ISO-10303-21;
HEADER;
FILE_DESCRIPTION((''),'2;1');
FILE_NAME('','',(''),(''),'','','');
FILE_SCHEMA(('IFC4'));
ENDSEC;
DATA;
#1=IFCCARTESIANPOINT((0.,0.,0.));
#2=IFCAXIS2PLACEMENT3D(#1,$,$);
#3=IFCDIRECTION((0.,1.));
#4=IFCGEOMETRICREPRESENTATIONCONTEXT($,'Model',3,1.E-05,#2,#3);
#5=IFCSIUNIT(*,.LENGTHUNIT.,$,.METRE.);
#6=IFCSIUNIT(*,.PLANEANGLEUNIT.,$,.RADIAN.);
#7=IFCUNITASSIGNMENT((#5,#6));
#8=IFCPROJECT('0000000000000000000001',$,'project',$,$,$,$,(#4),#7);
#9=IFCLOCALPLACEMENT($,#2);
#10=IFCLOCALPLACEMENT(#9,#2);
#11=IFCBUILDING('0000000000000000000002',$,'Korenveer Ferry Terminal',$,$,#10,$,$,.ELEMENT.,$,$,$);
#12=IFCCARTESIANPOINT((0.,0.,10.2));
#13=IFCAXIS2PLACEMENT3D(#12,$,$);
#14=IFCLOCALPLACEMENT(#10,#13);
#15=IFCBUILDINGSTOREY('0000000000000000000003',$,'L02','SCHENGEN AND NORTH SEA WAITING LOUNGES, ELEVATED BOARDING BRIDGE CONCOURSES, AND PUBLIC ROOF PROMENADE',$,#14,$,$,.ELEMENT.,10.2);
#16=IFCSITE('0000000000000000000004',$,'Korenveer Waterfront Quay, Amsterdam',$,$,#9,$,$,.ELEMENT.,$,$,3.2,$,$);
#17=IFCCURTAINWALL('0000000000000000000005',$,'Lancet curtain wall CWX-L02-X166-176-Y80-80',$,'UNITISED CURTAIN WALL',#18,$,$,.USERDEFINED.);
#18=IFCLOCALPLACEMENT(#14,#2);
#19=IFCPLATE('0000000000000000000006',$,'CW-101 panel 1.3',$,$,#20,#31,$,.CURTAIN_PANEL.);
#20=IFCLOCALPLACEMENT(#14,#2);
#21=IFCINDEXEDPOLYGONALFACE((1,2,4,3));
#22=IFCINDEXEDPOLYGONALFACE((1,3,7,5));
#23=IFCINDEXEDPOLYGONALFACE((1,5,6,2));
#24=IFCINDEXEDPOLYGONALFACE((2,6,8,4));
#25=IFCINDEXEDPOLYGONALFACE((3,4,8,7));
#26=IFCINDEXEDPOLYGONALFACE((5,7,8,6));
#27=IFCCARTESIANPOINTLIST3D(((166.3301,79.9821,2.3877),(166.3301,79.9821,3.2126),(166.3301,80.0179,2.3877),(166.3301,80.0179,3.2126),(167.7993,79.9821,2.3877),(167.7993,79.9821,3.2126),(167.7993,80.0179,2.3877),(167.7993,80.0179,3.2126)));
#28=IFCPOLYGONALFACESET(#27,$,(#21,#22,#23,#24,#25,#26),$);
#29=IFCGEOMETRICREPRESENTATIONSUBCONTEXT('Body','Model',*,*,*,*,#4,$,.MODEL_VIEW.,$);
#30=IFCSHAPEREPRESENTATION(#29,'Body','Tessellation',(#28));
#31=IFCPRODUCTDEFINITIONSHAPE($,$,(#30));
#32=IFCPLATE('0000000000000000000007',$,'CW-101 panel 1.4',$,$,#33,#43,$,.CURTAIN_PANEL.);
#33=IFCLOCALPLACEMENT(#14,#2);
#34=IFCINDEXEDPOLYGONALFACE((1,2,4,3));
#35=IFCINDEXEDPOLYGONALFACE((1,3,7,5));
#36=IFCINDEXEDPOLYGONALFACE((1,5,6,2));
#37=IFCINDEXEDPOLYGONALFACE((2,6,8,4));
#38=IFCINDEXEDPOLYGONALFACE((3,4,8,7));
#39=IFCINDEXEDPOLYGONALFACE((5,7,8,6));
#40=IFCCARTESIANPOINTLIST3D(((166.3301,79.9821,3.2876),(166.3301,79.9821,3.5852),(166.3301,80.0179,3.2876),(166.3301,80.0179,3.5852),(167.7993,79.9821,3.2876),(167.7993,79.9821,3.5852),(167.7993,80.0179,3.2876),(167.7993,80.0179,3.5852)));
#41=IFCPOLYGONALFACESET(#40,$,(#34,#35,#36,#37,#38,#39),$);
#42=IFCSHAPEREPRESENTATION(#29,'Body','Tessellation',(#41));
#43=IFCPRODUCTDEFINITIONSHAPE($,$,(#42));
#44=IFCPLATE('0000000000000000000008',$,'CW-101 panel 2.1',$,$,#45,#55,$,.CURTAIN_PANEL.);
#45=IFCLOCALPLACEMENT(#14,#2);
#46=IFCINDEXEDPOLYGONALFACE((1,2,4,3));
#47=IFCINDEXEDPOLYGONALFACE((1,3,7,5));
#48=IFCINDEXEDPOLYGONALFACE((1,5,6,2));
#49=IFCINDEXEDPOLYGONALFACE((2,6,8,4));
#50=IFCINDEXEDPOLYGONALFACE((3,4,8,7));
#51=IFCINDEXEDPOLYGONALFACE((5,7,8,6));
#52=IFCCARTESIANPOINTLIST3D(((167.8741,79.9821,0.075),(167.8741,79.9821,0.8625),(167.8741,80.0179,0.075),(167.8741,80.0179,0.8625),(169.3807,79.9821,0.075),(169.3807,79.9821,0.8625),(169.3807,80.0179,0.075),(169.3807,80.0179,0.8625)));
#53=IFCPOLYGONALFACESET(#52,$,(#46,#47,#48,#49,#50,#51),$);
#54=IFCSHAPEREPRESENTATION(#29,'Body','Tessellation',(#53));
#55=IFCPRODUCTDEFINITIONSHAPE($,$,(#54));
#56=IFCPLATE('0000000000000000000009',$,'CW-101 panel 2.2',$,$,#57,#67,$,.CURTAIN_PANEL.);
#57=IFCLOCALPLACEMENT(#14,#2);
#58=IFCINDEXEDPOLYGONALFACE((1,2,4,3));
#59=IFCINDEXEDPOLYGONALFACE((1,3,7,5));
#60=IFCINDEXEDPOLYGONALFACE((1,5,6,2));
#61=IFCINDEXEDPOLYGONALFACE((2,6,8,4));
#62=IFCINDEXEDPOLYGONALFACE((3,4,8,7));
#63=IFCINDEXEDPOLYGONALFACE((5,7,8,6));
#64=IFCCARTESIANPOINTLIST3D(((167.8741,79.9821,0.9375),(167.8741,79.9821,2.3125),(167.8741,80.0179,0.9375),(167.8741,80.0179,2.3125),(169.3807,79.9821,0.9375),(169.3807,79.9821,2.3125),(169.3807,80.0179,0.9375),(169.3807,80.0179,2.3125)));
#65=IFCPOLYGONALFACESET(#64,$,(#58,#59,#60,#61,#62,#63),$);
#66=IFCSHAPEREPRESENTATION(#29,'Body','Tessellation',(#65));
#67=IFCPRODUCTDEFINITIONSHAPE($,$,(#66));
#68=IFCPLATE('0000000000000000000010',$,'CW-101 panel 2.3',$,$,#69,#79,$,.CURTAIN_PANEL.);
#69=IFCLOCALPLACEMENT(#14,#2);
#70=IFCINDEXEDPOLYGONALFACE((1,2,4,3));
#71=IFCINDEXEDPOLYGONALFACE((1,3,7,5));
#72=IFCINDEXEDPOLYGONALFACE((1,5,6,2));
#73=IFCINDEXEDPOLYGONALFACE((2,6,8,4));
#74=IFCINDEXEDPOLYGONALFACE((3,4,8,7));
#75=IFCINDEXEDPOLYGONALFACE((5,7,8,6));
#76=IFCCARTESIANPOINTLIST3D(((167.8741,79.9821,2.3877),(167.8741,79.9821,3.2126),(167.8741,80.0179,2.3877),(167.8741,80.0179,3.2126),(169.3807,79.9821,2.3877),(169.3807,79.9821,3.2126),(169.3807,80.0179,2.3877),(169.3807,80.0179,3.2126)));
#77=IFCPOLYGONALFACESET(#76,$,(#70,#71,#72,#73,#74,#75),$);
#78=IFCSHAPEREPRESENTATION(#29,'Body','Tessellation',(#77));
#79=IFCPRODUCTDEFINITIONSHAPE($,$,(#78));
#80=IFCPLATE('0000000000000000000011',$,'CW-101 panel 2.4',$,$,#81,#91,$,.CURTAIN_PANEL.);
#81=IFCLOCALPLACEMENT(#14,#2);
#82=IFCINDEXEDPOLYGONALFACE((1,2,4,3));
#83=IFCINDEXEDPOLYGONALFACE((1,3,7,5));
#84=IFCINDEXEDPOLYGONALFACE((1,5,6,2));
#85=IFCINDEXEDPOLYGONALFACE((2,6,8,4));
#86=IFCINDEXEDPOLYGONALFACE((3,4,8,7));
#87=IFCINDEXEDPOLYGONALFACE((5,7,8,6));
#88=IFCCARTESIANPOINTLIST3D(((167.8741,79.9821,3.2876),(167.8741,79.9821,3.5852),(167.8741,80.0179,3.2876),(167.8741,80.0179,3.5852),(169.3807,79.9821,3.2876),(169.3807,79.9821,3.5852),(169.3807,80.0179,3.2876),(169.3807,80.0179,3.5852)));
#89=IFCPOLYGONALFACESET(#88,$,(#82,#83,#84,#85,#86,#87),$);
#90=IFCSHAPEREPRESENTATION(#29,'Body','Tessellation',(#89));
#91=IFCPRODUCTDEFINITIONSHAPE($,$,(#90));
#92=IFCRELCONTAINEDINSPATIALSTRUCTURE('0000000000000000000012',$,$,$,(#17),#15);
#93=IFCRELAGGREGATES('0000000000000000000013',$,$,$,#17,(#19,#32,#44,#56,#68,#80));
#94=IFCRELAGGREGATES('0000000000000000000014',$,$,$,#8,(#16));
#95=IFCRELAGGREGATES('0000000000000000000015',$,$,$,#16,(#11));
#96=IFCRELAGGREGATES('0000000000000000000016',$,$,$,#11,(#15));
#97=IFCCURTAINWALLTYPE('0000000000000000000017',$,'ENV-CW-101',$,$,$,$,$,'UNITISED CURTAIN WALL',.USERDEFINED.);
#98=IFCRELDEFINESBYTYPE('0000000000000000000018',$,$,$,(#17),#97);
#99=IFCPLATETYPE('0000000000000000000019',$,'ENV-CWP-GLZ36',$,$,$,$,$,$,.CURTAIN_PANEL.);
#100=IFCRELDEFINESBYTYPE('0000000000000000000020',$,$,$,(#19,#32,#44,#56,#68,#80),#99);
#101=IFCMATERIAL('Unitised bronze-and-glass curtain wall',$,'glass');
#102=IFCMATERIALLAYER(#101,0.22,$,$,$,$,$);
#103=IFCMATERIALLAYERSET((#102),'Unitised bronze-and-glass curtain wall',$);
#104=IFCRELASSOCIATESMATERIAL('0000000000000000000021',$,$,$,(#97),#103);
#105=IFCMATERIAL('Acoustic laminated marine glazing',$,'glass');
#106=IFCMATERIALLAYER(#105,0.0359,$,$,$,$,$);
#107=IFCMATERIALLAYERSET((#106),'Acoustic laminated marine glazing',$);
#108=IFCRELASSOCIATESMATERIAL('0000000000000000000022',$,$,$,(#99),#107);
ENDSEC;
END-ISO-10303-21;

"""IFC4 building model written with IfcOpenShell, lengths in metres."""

from ifc_helpers import new_model, si_unit, direction, frame, origin, origin_2d, place, context, subcontext, project, spatial, rectangle, extrude, material, layer, layer_set, type_object, element, aggregate, save


model = new_model("IFC4")

# Units and contexts
model_context = context("Model", 3, precision=1e-05, world=origin(), true_north=direction((0.0, 1.0)))
body_context = subcontext(model_context, "Body", "Model", "MODEL_VIEW")
ifc_project = project(units=[si_unit("LENGTHUNIT", "METRE"), si_unit("PLANEANGLEUNIT", "RADIAN")], contexts=[model_context])

# Site, building, storey
site_placement = place(None, origin())
site = spatial("IfcSite", under=ifc_project, at=site_placement, Name="Korenveer Waterfront Quay, Amsterdam", CompositionType="ELEMENT", RefElevation=3.2)
building_placement = place(site_placement, origin())
building = spatial("IfcBuilding", under=site, at=building_placement, Name="Korenveer Ferry Terminal", CompositionType="ELEMENT")
storey_placement = place(building_placement, frame((0.0, 0.0, 10.2)))
storey = spatial("IfcBuildingStorey", under=building, at=storey_placement, Name="L02", Description="SCHENGEN AND NORTH SEA WAITING LOUNGES, ELEVATED BOARDING BRIDGE CONCOURSES, AND PUBLIC ROOF PROMENADE", CompositionType="ELEMENT", Elevation=10.2)

# Shared definitions
ifc_material_1 = material(Name="Unitised bronze-and-glass curtain wall", Category="glass")

# Curtain wall
ifc_layer_1 = layer(ifc_material_1, 0.22)
ifc_layer_set_1 = layer_set([ifc_layer_1], Name="Unitised bronze-and-glass curtain wall")
curtain_wall_type_1 = type_object("IfcCurtainWallType", Name="ENV-CW-101", ElementType="UNITISED CURTAIN WALL", PredefinedType="USERDEFINED", material=ifc_layer_set_1)
curtain_wall_1_placement = place(storey_placement, frame((166.2549, 80.0, 0.0)))
curtain_wall_1 = element("IfcCurtainWall", 1, at=curtain_wall_1_placement, inside=storey, type_object=curtain_wall_type_1, Name="Lancet curtain wall CWX-L02-X166-176-Y80-80", ObjectType="UNITISED CURTAIN WALL", PredefinedType="USERDEFINED")

# Plates
ifc_material_2 = material(Name="Acoustic laminated marine glazing", Category="glass")
ifc_layer_2 = layer(ifc_material_2, 0.0359)
ifc_layer_set_2 = layer_set([ifc_layer_2], Name="Acoustic laminated marine glazing")
plate_type = type_object("IfcPlateType", Name="ENV-CWP-GLZ36", PredefinedType="CURTAIN_PANEL", material=ifc_layer_set_2)
plate_1_placement = place(storey_placement, frame((167.0647, 80.0, 2.3877), z_axis=(0.0, 0.0, 1.0), x_axis=(1.0, 0.0, 0.0)))
plate_1 = element("IfcPlate", 2, at=plate_1_placement, type_object=plate_type, Name="CW-101 panel 1.3", PredefinedType="CURTAIN_PANEL", context=body_context, shape_type="SweptSolid", body=[
    extrude(rectangle(XDim=1.4692, YDim=0.0359, at=origin_2d()), origin(), (0.0, 0.0, 1.0), 0.825),
])
plate_2_placement = place(storey_placement, frame((167.0647, 80.0, 3.2876), z_axis=(0.0, 0.0, 1.0), x_axis=(1.0, 0.0, 0.0)))
plate_2 = element("IfcPlate", 3, at=plate_2_placement, type_object=plate_type, Name="CW-101 panel 1.4", PredefinedType="CURTAIN_PANEL", context=body_context, shape_type="SweptSolid", body=[
    extrude(rectangle(XDim=1.4692, YDim=0.0359, at=origin_2d()), origin(), (0.0, 0.0, 1.0), 0.2976),
])
plate_3_placement = place(storey_placement, frame((168.6274, 80.0, 0.075), z_axis=(0.0, 0.0, 1.0), x_axis=(1.0, 0.0, 0.0)))
plate_3 = element("IfcPlate", 4, at=plate_3_placement, type_object=plate_type, Name="CW-101 panel 2.1", PredefinedType="CURTAIN_PANEL", context=body_context, shape_type="SweptSolid", body=[
    extrude(rectangle(XDim=1.5066, YDim=0.0359, at=origin_2d()), origin(), (0.0, 0.0, 1.0), 0.7876),
])
plate_4_placement = place(storey_placement, frame((168.6274, 80.0, 0.9375), z_axis=(0.0, 0.0, 1.0), x_axis=(1.0, 0.0, 0.0)))
plate_4 = element("IfcPlate", 5, at=plate_4_placement, type_object=plate_type, Name="CW-101 panel 2.2", PredefinedType="CURTAIN_PANEL", context=body_context, shape_type="SweptSolid", body=[
    extrude(rectangle(XDim=1.5066, YDim=0.0359, at=origin_2d()), origin(), (0.0, 0.0, 1.0), 1.375),
])
plate_5_placement = place(storey_placement, frame((168.6274, 80.0, 2.3877), z_axis=(0.0, 0.0, 1.0), x_axis=(1.0, 0.0, 0.0)))
plate_5 = element("IfcPlate", 6, at=plate_5_placement, type_object=plate_type, Name="CW-101 panel 2.3", PredefinedType="CURTAIN_PANEL", context=body_context, shape_type="SweptSolid", body=[
    extrude(rectangle(XDim=1.5066, YDim=0.0359, at=origin_2d()), origin(), (0.0, 0.0, 1.0), 0.825),
])
plate_6_placement = place(storey_placement, frame((168.6274, 80.0, 3.2876), z_axis=(0.0, 0.0, 1.0), x_axis=(1.0, 0.0, 0.0)))
plate_6 = element("IfcPlate", 7, at=plate_6_placement, type_object=plate_type, Name="CW-101 panel 2.4", PredefinedType="CURTAIN_PANEL", context=body_context, shape_type="SweptSolid", body=[
    extrude(rectangle(XDim=1.5066, YDim=0.0359, at=origin_2d()), origin(), (0.0, 0.0, 1.0), 0.2976),
])
aggregate(curtain_wall_1, [plate_1, plate_2, plate_3, plate_4, plate_5, plate_6])

save(model, "model.ifc")
